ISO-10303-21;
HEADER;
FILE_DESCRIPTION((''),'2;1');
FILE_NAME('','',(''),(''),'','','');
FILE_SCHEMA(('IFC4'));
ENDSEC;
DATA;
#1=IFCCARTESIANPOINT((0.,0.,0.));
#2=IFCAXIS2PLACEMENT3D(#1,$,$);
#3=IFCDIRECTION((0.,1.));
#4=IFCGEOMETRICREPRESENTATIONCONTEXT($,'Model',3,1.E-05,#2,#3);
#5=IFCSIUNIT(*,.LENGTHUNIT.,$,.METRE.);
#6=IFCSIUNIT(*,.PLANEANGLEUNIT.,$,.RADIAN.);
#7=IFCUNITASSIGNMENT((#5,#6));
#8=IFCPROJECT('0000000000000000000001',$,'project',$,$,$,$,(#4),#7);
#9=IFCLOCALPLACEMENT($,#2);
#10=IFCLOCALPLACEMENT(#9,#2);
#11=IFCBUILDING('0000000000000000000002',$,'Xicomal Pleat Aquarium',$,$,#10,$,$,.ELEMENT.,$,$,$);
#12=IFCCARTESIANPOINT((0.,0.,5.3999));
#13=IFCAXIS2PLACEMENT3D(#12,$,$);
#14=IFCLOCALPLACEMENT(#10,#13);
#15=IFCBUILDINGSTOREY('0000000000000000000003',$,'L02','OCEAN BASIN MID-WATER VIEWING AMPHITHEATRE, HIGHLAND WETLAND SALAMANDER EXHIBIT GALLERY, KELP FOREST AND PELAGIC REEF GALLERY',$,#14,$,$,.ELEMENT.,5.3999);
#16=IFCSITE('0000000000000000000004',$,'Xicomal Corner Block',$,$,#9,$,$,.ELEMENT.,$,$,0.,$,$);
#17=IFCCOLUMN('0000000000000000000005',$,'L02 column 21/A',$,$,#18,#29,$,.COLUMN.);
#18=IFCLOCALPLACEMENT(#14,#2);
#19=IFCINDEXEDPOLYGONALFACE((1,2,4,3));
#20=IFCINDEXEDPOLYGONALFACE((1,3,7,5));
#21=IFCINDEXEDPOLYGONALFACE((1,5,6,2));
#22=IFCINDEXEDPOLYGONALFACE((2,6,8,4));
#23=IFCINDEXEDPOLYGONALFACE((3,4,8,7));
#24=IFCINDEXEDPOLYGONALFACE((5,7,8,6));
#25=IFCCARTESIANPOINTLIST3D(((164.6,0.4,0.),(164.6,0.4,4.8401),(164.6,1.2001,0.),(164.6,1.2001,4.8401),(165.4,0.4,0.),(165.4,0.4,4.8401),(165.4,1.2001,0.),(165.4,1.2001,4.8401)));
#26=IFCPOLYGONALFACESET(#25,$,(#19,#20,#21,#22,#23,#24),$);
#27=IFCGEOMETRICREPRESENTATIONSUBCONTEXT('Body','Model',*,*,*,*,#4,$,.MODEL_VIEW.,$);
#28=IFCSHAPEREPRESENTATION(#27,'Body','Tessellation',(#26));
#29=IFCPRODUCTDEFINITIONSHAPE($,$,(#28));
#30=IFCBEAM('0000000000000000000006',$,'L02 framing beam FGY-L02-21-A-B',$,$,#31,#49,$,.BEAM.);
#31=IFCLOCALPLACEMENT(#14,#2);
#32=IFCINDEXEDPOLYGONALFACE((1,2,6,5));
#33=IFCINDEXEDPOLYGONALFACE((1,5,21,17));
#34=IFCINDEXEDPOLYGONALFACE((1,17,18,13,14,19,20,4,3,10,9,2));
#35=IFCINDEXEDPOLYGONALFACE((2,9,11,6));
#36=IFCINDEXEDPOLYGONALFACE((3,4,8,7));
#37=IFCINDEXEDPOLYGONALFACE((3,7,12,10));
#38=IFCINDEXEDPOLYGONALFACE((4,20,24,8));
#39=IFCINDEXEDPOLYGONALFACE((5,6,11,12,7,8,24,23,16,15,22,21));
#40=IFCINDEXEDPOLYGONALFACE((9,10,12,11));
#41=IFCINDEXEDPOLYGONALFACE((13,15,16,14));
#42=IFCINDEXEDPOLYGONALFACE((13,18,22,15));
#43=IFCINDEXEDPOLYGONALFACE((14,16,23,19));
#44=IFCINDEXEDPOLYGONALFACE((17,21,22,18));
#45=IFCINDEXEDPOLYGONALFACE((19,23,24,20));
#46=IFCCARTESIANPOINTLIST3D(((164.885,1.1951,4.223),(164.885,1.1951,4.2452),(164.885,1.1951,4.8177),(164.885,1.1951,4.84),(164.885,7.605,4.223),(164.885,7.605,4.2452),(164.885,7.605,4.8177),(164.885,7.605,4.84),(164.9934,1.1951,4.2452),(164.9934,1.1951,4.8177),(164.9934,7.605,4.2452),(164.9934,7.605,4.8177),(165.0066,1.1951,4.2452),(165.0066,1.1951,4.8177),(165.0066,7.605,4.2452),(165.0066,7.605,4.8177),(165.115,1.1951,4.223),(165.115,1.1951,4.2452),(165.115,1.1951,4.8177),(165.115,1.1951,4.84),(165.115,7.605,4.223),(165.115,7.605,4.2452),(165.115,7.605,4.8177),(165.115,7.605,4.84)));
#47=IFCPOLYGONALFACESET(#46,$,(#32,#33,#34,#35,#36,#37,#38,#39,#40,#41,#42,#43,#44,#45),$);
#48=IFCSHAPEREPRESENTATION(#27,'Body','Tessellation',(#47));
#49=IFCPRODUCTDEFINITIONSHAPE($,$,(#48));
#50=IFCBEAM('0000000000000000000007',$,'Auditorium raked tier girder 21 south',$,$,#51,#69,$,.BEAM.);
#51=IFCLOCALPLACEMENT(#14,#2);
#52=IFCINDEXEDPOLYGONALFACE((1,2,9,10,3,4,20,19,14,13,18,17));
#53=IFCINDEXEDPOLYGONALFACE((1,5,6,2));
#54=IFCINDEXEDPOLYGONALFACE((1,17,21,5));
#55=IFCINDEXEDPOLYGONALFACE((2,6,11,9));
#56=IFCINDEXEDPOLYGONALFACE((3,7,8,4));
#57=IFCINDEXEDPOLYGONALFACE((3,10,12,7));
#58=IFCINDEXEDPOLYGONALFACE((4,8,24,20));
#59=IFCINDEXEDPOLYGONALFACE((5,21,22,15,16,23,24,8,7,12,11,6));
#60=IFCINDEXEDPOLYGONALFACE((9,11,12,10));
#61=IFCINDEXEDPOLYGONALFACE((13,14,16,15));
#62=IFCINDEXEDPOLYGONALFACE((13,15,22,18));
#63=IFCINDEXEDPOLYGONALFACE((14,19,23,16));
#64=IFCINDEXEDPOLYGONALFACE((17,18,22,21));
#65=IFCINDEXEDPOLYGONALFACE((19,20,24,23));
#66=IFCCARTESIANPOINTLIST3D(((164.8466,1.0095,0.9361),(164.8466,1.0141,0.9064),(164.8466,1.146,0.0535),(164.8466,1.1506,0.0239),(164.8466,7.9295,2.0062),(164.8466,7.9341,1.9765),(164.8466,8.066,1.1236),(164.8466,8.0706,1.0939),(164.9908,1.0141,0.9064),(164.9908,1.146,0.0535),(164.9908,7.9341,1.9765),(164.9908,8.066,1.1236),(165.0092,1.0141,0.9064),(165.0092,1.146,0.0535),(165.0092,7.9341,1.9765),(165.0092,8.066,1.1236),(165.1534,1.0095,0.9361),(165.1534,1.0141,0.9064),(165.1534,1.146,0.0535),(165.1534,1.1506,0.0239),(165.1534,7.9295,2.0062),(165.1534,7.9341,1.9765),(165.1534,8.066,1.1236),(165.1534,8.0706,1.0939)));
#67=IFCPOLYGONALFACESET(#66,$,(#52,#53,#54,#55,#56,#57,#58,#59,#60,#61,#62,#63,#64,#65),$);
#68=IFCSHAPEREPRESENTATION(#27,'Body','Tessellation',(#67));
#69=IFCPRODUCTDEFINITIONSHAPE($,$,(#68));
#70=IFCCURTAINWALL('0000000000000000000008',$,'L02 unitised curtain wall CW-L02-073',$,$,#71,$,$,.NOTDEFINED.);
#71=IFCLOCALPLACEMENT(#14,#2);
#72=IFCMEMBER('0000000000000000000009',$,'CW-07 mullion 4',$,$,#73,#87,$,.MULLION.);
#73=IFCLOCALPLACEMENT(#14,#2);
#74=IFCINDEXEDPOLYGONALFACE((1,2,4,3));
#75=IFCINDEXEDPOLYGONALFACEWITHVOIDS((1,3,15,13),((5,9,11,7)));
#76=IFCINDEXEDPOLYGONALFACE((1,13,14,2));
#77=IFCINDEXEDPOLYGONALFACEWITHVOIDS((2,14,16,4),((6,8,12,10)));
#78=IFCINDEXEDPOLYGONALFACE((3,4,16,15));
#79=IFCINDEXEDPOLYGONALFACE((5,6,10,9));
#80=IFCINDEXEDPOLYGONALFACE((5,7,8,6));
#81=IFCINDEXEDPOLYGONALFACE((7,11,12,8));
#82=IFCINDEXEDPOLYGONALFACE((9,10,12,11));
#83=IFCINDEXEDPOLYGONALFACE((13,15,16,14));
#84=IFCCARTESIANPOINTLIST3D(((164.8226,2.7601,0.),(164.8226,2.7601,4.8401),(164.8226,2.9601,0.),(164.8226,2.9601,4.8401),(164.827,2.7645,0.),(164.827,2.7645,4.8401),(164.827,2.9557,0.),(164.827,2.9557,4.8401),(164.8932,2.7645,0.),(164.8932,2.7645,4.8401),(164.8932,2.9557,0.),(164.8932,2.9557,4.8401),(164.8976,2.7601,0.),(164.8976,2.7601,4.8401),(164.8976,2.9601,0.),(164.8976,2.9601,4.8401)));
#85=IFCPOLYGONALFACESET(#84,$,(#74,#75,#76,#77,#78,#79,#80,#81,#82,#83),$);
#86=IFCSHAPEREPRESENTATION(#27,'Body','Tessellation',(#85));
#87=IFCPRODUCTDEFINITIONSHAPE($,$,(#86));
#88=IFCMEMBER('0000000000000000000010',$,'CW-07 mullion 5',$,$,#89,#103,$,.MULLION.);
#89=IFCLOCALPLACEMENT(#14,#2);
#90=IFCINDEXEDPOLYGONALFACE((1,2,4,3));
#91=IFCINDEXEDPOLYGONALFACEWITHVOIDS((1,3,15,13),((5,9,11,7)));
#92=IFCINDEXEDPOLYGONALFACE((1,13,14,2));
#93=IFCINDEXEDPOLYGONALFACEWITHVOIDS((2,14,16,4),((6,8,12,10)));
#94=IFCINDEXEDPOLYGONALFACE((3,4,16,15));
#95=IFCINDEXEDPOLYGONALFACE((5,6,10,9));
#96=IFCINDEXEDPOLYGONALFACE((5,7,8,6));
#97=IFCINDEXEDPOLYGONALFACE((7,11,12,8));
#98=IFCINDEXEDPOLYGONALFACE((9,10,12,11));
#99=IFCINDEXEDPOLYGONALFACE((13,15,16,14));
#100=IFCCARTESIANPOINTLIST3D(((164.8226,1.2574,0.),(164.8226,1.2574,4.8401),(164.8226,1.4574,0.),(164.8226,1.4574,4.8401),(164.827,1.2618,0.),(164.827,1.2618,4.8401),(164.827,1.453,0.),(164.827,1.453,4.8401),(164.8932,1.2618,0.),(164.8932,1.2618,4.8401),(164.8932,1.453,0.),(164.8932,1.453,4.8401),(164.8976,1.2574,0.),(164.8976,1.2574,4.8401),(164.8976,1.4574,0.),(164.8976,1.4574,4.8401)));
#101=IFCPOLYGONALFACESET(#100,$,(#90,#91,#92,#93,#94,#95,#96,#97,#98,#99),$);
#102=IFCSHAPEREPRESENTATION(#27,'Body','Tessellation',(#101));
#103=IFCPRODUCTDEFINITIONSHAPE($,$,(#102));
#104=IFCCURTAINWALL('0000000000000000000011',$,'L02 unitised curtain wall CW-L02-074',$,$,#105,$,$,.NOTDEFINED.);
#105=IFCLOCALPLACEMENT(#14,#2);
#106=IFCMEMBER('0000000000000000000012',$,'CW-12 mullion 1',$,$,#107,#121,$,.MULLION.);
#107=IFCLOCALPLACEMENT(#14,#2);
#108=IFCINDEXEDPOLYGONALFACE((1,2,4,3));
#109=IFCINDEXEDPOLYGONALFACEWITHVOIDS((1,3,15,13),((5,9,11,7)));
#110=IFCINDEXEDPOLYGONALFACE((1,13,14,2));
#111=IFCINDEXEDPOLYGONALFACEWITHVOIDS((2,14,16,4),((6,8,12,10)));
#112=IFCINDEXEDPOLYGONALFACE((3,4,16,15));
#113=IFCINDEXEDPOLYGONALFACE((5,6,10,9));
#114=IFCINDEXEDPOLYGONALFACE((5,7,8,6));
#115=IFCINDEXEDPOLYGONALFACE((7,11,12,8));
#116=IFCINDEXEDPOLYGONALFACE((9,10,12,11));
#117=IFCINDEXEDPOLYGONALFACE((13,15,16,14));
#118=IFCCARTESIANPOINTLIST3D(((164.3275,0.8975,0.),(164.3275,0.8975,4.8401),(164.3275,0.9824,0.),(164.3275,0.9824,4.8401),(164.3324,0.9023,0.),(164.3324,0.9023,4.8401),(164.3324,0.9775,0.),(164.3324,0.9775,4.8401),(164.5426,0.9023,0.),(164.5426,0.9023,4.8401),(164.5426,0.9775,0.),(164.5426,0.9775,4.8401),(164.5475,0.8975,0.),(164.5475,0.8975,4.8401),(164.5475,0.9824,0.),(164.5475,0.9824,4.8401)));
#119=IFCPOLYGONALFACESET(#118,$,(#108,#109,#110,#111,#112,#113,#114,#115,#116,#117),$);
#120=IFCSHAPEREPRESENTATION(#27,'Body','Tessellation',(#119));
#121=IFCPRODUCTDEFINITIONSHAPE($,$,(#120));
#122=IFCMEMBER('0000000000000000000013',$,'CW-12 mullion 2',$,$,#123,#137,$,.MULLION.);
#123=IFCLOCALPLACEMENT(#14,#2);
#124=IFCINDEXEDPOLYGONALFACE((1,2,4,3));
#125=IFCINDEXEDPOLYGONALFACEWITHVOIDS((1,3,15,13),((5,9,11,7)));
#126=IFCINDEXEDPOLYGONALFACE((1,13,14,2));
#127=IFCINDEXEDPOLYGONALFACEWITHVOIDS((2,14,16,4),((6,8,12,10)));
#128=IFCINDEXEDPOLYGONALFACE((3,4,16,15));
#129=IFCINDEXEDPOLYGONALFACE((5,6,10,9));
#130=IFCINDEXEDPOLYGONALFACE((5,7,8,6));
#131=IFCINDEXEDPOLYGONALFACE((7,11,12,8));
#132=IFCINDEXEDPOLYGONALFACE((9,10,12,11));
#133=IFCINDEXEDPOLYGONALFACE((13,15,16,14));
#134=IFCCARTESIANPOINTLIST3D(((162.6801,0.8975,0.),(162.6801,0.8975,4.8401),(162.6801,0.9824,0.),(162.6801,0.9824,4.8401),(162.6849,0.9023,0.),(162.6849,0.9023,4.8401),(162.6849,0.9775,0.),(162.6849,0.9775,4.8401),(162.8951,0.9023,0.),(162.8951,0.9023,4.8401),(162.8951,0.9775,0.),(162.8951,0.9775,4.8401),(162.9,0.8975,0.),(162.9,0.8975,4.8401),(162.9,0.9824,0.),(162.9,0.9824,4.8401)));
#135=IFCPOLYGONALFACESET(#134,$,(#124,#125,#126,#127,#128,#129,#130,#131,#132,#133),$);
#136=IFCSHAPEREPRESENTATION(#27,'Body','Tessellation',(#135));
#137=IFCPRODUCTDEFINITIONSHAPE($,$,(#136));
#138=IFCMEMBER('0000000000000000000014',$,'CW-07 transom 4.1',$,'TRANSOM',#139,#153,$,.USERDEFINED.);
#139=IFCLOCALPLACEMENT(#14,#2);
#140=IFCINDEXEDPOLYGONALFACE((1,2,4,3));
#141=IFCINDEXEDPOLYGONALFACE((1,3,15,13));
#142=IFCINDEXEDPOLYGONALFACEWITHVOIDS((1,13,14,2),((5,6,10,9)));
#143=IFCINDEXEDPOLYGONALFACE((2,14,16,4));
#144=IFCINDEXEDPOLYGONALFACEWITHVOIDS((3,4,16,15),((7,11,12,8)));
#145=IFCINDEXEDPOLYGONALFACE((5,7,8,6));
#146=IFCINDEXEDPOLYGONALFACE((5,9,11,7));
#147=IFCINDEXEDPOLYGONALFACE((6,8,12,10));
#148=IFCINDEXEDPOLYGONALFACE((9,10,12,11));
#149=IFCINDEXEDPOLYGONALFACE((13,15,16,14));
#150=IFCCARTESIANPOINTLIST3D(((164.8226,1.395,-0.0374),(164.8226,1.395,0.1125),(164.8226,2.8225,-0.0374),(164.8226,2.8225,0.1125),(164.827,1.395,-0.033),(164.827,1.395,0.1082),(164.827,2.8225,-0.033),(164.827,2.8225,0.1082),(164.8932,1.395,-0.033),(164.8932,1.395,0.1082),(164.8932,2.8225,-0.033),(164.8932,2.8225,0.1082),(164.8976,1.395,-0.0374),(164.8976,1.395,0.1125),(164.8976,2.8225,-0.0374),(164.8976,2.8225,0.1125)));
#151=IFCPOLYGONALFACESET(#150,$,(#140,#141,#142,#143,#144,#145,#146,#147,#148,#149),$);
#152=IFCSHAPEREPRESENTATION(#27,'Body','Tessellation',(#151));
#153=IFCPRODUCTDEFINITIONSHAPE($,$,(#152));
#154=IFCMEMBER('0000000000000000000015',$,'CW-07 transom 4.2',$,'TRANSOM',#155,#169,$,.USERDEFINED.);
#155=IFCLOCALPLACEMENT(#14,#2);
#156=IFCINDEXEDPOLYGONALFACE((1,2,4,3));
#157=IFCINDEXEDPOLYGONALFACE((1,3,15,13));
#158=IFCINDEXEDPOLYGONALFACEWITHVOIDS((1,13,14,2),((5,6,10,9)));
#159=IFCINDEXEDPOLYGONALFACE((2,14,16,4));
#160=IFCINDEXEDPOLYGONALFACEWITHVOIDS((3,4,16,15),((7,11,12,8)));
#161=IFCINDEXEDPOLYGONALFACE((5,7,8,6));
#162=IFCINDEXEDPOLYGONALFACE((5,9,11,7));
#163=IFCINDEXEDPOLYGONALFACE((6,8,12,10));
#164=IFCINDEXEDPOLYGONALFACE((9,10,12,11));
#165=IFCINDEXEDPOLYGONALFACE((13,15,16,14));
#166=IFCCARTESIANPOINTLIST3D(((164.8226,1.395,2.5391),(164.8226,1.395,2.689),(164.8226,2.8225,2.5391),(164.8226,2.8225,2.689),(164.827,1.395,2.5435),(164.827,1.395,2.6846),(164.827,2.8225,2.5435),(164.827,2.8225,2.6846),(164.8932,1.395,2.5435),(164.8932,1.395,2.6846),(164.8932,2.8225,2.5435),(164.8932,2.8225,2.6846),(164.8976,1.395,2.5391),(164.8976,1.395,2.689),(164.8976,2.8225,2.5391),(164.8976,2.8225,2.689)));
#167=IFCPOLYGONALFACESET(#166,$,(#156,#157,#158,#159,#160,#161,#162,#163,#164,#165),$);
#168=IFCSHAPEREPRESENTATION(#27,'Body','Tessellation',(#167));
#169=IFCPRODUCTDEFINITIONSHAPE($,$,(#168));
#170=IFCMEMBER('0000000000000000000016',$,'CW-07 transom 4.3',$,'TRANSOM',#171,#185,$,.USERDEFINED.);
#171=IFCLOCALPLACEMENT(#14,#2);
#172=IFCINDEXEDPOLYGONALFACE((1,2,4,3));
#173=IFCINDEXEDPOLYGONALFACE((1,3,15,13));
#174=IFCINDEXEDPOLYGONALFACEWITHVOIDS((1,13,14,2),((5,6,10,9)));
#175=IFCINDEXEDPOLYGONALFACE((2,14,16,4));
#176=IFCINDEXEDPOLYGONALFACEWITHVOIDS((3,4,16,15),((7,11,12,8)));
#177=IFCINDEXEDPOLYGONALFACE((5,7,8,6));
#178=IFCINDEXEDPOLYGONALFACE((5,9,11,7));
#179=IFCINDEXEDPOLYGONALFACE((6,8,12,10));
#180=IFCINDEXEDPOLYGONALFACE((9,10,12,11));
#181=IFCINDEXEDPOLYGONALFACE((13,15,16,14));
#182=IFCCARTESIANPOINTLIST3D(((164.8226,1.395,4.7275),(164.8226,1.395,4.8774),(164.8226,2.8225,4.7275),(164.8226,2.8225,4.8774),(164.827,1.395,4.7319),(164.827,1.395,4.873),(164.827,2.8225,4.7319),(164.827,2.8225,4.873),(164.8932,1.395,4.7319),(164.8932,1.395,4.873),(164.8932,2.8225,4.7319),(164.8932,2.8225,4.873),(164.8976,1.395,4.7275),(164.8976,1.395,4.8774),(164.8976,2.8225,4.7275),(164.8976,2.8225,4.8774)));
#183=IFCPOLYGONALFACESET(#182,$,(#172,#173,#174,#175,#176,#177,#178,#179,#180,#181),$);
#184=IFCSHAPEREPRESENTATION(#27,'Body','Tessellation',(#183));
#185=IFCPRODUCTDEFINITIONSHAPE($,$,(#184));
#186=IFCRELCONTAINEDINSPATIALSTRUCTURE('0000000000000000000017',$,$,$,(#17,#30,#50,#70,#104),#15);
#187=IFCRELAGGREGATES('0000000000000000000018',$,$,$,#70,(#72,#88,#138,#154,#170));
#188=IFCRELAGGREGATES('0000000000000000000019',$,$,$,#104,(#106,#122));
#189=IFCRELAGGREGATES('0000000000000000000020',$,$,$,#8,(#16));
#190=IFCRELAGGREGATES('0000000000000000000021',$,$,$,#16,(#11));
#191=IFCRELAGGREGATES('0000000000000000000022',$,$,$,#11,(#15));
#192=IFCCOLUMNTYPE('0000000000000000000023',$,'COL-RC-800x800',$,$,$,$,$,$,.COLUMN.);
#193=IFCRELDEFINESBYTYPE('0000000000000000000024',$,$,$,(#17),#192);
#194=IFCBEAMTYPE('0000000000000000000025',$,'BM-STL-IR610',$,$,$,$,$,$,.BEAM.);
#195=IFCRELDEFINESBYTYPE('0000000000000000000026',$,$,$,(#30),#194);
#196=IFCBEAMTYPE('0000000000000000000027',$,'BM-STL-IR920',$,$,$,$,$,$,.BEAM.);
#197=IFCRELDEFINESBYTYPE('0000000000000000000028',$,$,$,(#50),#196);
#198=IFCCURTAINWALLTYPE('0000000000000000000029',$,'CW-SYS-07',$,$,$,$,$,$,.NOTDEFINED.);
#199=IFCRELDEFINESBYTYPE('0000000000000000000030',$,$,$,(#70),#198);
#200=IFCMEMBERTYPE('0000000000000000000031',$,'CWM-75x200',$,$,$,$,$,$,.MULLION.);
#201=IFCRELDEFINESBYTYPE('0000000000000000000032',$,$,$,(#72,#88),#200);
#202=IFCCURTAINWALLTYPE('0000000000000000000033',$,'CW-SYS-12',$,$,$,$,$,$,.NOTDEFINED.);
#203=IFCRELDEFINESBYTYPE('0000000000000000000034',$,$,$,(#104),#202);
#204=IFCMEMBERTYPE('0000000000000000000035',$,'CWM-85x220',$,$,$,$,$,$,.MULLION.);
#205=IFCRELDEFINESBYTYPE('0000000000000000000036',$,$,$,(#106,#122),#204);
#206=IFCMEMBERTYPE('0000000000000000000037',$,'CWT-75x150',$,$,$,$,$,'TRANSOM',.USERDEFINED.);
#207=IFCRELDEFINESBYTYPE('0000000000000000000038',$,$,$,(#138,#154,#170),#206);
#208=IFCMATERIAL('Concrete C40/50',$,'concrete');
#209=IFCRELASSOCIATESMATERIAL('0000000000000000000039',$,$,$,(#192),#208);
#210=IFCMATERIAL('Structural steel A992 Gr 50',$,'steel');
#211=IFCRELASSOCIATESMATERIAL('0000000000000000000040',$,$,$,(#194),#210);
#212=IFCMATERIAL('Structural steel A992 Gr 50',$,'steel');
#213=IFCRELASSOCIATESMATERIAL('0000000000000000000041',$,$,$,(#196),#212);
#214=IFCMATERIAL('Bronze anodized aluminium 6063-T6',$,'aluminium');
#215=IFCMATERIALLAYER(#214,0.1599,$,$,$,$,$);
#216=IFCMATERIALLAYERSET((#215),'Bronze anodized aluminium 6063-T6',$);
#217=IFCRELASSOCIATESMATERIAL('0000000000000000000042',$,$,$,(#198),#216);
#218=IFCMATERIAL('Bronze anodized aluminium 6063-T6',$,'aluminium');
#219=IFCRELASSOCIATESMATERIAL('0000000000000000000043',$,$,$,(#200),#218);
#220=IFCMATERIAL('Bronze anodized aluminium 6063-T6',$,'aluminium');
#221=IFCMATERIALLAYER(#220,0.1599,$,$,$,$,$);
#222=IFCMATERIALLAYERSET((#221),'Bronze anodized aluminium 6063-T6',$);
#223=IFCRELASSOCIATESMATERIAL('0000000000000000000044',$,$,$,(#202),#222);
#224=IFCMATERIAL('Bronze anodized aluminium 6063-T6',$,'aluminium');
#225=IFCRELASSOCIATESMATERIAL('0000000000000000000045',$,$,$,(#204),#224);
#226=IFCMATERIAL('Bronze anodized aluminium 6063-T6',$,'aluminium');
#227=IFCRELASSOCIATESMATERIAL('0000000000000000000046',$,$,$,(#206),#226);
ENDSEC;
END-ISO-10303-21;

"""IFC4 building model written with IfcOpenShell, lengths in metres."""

from ifc_helpers import new_model, si_unit, direction, frame, origin, origin_2d, place, context, subcontext, project, spatial, rectangle, hollow_rectangle, i_section, extrude, material, layer, layer_set, material_profile, profile_set, type_object, element, aggregate, save


model = new_model("IFC4")

# Units and contexts
model_context = context("Model", 3, precision=1e-05, world=origin(), true_north=direction((0.0, 1.0)))
body_context = subcontext(model_context, "Body", "Model", "MODEL_VIEW")
ifc_project = project(units=[si_unit("LENGTHUNIT", "METRE"), si_unit("PLANEANGLEUNIT", "RADIAN")], contexts=[model_context])

# Site, building, storey
site_placement = place(None, origin())
site = spatial("IfcSite", under=ifc_project, at=site_placement, Name="Xicomal Corner Block", CompositionType="ELEMENT", RefElevation=0.0)
building_placement = place(site_placement, origin())
building = spatial("IfcBuilding", under=site, at=building_placement, Name="Xicomal Pleat Aquarium", CompositionType="ELEMENT")
storey_placement = place(building_placement, frame((0.0, 0.0, 5.3999)))
storey = spatial("IfcBuildingStorey", under=building, at=storey_placement, Name="L02", Description="OCEAN BASIN MID-WATER VIEWING AMPHITHEATRE, HIGHLAND WETLAND SALAMANDER EXHIBIT GALLERY, KELP FOREST AND PELAGIC REEF GALLERY", CompositionType="ELEMENT", Elevation=5.3999)

# Column
ifc_material_1 = material(Name="Concrete C40/50", Category="concrete")
ifc_material_profile_1 = material_profile(ifc_material_1, rectangle(XDim=0.8, YDim=0.8, at=origin_2d()), Name="RC 800x800")
ifc_profile_set_1 = profile_set([ifc_material_profile_1], Name="Concrete C40/50")
column_type = type_object("IfcColumnType", Name="COL-RC-800x800", PredefinedType="COLUMN", material=ifc_profile_set_1)
column_placement = place(storey_placement, frame((165.0, 0.8, 0.0), z_axis=(0.0, 0.0, 1.0), x_axis=(1.0, 0.0, 0.0)))
element("IfcColumn", 1, at=column_placement, inside=storey, type_object=column_type, Name="L02 column 21/A", PredefinedType="COLUMN", context=body_context, shape_type="SweptSolid", body=[
    extrude(rectangle(XDim=0.8, YDim=0.8, at=origin_2d()), origin(), (0.0, 0.0, 1.0), 4.8401),
])

# Beams
ifc_material_2 = material(Name="Structural steel A992 Gr 50", Category="steel")
ifc_material_profile_2 = material_profile(ifc_material_2, i_section(OverallWidth=0.23, OverallDepth=0.6169, WebThickness=0.0132, FlangeThickness=0.0222, at=origin_2d()), Name="IR 610x140")
ifc_profile_set_2 = profile_set([ifc_material_profile_2], Name="Structural steel A992 Gr 50")
beam_type_1 = type_object("IfcBeamType", Name="BM-STL-IR610", PredefinedType="BEAM", material=ifc_profile_set_2)
beam_1_placement = place(storey_placement, frame((165.0, 1.1951, 4.5315), z_axis=(0.0, 1.0, 0.0), x_axis=(-1.0, 0.0, 0.0)))
element("IfcBeam", 2, at=beam_1_placement, inside=storey, type_object=beam_type_1, Name="L02 framing beam FGY-L02-21-A-B", PredefinedType="BEAM", context=body_context, shape_type="SweptSolid", body=[
    extrude(i_section(OverallWidth=0.23, OverallDepth=0.6169, WebThickness=0.0132, FlangeThickness=0.0222, at=origin_2d()), origin(), (0.0, 0.0, 1.0), 6.4099),
])
ifc_material_3 = material(Name="Structural steel A992 Gr 50", Category="steel")
ifc_material_profile_3 = material_profile(ifc_material_3, i_section(OverallWidth=0.3069, OverallDepth=0.9231, WebThickness=0.0183, FlangeThickness=0.03, at=origin_2d()), Name="IR 920x271")
ifc_profile_set_3 = profile_set([ifc_material_profile_3], Name="Structural steel A992 Gr 50")
beam_type_2 = type_object("IfcBeamType", Name="BM-STL-IR920", PredefinedType="BEAM", material=ifc_profile_set_3)
beam_2_placement = place(storey_placement, frame((165.0, 1.0801, 0.48), z_axis=(0.0, 0.988254, 0.15282), x_axis=(-1.0, 0.0, 0.0)))
element("IfcBeam", 3, at=beam_2_placement, inside=storey, type_object=beam_type_2, Name="Auditorium raked tier girder 21 south", PredefinedType="BEAM", context=body_context, shape_type="SweptSolid", body=[
    extrude(i_section(OverallWidth=0.3069, OverallDepth=0.9231, WebThickness=0.0183, FlangeThickness=0.03, at=origin_2d()), origin(), (0.0, 0.0, 1.0), 7.0022),
])

# Curtain walls, members
ifc_material_4 = material(Name="Bronze anodized aluminium 6063-T6", Category="aluminium")
ifc_layer_1 = layer(ifc_material_4, 0.1599)
ifc_layer_set_1 = layer_set([ifc_layer_1], Name="Bronze anodized aluminium 6063-T6")
curtain_wall_type_1 = type_object("IfcCurtainWallType", Name="CW-SYS-07", PredefinedType="NOTDEFINED", material=ifc_layer_set_1)
curtain_wall_1_placement = place(storey_placement, origin())
curtain_wall_1 = element("IfcCurtainWall", 4, at=curtain_wall_1_placement, inside=storey, type_object=curtain_wall_type_1, Name="L02 unitised curtain wall CW-L02-073", PredefinedType="NOTDEFINED")
ifc_material_5 = material(Name="Bronze anodized aluminium 6063-T6", Category="aluminium")
ifc_material_profile_4 = material_profile(ifc_material_5, hollow_rectangle(XDim=0.075, YDim=0.2, WallThickness=0.0044, at=origin_2d()), Name="ALU MULL 75x200")
ifc_profile_set_4 = profile_set([ifc_material_profile_4], Name="Bronze anodized aluminium 6063-T6")
member_type_1 = type_object("IfcMemberType", Name="CWM-75x200", PredefinedType="MULLION", material=ifc_profile_set_4)
member_1_placement = place(storey_placement, frame((164.8601, 2.8601, 0.0), z_axis=(0.0, 0.0, 1.0), x_axis=(1.0, 0.0, 0.0)))
member_1 = element("IfcMember", 5, at=member_1_placement, type_object=member_type_1, Name="CW-07 mullion 4", PredefinedType="MULLION", context=body_context, shape_type="SweptSolid", body=[
    extrude(hollow_rectangle(XDim=0.075, YDim=0.2, WallThickness=0.0044, at=origin_2d()), origin(), (0.0, 0.0, 1.0), 4.8401),
])
member_2_placement = place(storey_placement, frame((164.8601, 1.3574, 0.0), z_axis=(0.0, 0.0, 1.0), x_axis=(1.0, 0.0, 0.0)))
member_2 = element("IfcMember", 6, at=member_2_placement, type_object=member_type_1, Name="CW-07 mullion 5", PredefinedType="MULLION", context=body_context, shape_type="SweptSolid", body=[
    extrude(hollow_rectangle(XDim=0.075, YDim=0.2, WallThickness=0.0044, at=origin_2d()), origin(), (0.0, 0.0, 1.0), 4.8401),
])
ifc_material_6 = material(Name="Bronze anodized aluminium 6063-T6", Category="aluminium")
ifc_layer_2 = layer(ifc_material_6, 0.1599)
ifc_layer_set_2 = layer_set([ifc_layer_2], Name="Bronze anodized aluminium 6063-T6")
curtain_wall_type_2 = type_object("IfcCurtainWallType", Name="CW-SYS-12", PredefinedType="NOTDEFINED", material=ifc_layer_set_2)
curtain_wall_2_placement = place(storey_placement, origin())
curtain_wall_2 = element("IfcCurtainWall", 7, at=curtain_wall_2_placement, inside=storey, type_object=curtain_wall_type_2, Name="L02 unitised curtain wall CW-L02-074", PredefinedType="NOTDEFINED")
ifc_material_7 = material(Name="Bronze anodized aluminium 6063-T6", Category="aluminium")
ifc_material_profile_5 = material_profile(ifc_material_7, hollow_rectangle(XDim=0.085, YDim=0.22, WallThickness=0.0049, at=origin_2d()), Name="ALU MULL 85x220")
ifc_profile_set_5 = profile_set([ifc_material_profile_5], Name="Bronze anodized aluminium 6063-T6")
member_type_2 = type_object("IfcMemberType", Name="CWM-85x220", PredefinedType="MULLION", material=ifc_profile_set_5)
member_3_placement = place(storey_placement, frame((164.4375, 0.9399, 0.0), z_axis=(0.0, 0.0, 1.0), x_axis=(0.0, -1.0, 0.0)))
member_3 = element("IfcMember", 8, at=member_3_placement, type_object=member_type_2, Name="CW-12 mullion 1", PredefinedType="MULLION", context=body_context, shape_type="SweptSolid", body=[
    extrude(hollow_rectangle(XDim=0.085, YDim=0.22, WallThickness=0.0049, at=origin_2d()), origin(), (0.0, 0.0, 1.0), 4.8401),
])
member_4_placement = place(storey_placement, frame((162.79, 0.9399, 0.0), z_axis=(0.0, 0.0, 1.0), x_axis=(0.0, -1.0, 0.0)))
member_4 = element("IfcMember", 9, at=member_4_placement, type_object=member_type_2, Name="CW-12 mullion 2", PredefinedType="MULLION", context=body_context, shape_type="SweptSolid", body=[
    extrude(hollow_rectangle(XDim=0.085, YDim=0.22, WallThickness=0.0049, at=origin_2d()), origin(), (0.0, 0.0, 1.0), 4.8401),
])

# Members
ifc_material_8 = material(Name="Bronze anodized aluminium 6063-T6", Category="aluminium")
ifc_material_profile_6 = material_profile(ifc_material_8, hollow_rectangle(XDim=0.075, YDim=0.1499, WallThickness=0.0044, at=origin_2d()), Name="ALU TRAN 75x150")
ifc_profile_set_6 = profile_set([ifc_material_profile_6], Name="Bronze anodized aluminium 6063-T6")
member_type_3 = type_object("IfcMemberType", Name="CWT-75x150", ElementType="TRANSOM", PredefinedType="USERDEFINED", material=ifc_profile_set_6)
member_5_placement = place(storey_placement, frame((164.8601, 2.8225, 0.0376), z_axis=(0.0, -1.0, 0.0), x_axis=(1.0, 0.0, 0.0)))
member_5 = element("IfcMember", 10, at=member_5_placement, type_object=member_type_3, Name="CW-07 transom 4.1", ObjectType="TRANSOM", PredefinedType="USERDEFINED", context=body_context, shape_type="SweptSolid", body=[
    extrude(hollow_rectangle(XDim=0.075, YDim=0.1499, WallThickness=0.0044, at=origin_2d()), origin(), (0.0, 0.0, 1.0), 1.4275),
])
member_6_placement = place(storey_placement, frame((164.8601, 2.8225, 2.614), z_axis=(0.0, -1.0, 0.0), x_axis=(1.0, 0.0, 0.0)))
member_6 = element("IfcMember", 11, at=member_6_placement, type_object=member_type_3, Name="CW-07 transom 4.2", ObjectType="TRANSOM", PredefinedType="USERDEFINED", context=body_context, shape_type="SweptSolid", body=[
    extrude(hollow_rectangle(XDim=0.075, YDim=0.1499, WallThickness=0.0044, at=origin_2d()), origin(), (0.0, 0.0, 1.0), 1.4275),
])
member_7_placement = place(storey_placement, frame((164.8601, 2.8225, 4.8025), z_axis=(0.0, -1.0, 0.0), x_axis=(1.0, 0.0, 0.0)))
member_7 = element("IfcMember", 12, at=member_7_placement, type_object=member_type_3, Name="CW-07 transom 4.3", ObjectType="TRANSOM", PredefinedType="USERDEFINED", context=body_context, shape_type="SweptSolid", body=[
    extrude(hollow_rectangle(XDim=0.075, YDim=0.1499, WallThickness=0.0044, at=origin_2d()), origin(), (0.0, 0.0, 1.0), 1.4275),
])

aggregate(curtain_wall_1, [member_1, member_2, member_5, member_6, member_7])
aggregate(curtain_wall_2, [member_3, member_4])

save(model, "model.ifc")
